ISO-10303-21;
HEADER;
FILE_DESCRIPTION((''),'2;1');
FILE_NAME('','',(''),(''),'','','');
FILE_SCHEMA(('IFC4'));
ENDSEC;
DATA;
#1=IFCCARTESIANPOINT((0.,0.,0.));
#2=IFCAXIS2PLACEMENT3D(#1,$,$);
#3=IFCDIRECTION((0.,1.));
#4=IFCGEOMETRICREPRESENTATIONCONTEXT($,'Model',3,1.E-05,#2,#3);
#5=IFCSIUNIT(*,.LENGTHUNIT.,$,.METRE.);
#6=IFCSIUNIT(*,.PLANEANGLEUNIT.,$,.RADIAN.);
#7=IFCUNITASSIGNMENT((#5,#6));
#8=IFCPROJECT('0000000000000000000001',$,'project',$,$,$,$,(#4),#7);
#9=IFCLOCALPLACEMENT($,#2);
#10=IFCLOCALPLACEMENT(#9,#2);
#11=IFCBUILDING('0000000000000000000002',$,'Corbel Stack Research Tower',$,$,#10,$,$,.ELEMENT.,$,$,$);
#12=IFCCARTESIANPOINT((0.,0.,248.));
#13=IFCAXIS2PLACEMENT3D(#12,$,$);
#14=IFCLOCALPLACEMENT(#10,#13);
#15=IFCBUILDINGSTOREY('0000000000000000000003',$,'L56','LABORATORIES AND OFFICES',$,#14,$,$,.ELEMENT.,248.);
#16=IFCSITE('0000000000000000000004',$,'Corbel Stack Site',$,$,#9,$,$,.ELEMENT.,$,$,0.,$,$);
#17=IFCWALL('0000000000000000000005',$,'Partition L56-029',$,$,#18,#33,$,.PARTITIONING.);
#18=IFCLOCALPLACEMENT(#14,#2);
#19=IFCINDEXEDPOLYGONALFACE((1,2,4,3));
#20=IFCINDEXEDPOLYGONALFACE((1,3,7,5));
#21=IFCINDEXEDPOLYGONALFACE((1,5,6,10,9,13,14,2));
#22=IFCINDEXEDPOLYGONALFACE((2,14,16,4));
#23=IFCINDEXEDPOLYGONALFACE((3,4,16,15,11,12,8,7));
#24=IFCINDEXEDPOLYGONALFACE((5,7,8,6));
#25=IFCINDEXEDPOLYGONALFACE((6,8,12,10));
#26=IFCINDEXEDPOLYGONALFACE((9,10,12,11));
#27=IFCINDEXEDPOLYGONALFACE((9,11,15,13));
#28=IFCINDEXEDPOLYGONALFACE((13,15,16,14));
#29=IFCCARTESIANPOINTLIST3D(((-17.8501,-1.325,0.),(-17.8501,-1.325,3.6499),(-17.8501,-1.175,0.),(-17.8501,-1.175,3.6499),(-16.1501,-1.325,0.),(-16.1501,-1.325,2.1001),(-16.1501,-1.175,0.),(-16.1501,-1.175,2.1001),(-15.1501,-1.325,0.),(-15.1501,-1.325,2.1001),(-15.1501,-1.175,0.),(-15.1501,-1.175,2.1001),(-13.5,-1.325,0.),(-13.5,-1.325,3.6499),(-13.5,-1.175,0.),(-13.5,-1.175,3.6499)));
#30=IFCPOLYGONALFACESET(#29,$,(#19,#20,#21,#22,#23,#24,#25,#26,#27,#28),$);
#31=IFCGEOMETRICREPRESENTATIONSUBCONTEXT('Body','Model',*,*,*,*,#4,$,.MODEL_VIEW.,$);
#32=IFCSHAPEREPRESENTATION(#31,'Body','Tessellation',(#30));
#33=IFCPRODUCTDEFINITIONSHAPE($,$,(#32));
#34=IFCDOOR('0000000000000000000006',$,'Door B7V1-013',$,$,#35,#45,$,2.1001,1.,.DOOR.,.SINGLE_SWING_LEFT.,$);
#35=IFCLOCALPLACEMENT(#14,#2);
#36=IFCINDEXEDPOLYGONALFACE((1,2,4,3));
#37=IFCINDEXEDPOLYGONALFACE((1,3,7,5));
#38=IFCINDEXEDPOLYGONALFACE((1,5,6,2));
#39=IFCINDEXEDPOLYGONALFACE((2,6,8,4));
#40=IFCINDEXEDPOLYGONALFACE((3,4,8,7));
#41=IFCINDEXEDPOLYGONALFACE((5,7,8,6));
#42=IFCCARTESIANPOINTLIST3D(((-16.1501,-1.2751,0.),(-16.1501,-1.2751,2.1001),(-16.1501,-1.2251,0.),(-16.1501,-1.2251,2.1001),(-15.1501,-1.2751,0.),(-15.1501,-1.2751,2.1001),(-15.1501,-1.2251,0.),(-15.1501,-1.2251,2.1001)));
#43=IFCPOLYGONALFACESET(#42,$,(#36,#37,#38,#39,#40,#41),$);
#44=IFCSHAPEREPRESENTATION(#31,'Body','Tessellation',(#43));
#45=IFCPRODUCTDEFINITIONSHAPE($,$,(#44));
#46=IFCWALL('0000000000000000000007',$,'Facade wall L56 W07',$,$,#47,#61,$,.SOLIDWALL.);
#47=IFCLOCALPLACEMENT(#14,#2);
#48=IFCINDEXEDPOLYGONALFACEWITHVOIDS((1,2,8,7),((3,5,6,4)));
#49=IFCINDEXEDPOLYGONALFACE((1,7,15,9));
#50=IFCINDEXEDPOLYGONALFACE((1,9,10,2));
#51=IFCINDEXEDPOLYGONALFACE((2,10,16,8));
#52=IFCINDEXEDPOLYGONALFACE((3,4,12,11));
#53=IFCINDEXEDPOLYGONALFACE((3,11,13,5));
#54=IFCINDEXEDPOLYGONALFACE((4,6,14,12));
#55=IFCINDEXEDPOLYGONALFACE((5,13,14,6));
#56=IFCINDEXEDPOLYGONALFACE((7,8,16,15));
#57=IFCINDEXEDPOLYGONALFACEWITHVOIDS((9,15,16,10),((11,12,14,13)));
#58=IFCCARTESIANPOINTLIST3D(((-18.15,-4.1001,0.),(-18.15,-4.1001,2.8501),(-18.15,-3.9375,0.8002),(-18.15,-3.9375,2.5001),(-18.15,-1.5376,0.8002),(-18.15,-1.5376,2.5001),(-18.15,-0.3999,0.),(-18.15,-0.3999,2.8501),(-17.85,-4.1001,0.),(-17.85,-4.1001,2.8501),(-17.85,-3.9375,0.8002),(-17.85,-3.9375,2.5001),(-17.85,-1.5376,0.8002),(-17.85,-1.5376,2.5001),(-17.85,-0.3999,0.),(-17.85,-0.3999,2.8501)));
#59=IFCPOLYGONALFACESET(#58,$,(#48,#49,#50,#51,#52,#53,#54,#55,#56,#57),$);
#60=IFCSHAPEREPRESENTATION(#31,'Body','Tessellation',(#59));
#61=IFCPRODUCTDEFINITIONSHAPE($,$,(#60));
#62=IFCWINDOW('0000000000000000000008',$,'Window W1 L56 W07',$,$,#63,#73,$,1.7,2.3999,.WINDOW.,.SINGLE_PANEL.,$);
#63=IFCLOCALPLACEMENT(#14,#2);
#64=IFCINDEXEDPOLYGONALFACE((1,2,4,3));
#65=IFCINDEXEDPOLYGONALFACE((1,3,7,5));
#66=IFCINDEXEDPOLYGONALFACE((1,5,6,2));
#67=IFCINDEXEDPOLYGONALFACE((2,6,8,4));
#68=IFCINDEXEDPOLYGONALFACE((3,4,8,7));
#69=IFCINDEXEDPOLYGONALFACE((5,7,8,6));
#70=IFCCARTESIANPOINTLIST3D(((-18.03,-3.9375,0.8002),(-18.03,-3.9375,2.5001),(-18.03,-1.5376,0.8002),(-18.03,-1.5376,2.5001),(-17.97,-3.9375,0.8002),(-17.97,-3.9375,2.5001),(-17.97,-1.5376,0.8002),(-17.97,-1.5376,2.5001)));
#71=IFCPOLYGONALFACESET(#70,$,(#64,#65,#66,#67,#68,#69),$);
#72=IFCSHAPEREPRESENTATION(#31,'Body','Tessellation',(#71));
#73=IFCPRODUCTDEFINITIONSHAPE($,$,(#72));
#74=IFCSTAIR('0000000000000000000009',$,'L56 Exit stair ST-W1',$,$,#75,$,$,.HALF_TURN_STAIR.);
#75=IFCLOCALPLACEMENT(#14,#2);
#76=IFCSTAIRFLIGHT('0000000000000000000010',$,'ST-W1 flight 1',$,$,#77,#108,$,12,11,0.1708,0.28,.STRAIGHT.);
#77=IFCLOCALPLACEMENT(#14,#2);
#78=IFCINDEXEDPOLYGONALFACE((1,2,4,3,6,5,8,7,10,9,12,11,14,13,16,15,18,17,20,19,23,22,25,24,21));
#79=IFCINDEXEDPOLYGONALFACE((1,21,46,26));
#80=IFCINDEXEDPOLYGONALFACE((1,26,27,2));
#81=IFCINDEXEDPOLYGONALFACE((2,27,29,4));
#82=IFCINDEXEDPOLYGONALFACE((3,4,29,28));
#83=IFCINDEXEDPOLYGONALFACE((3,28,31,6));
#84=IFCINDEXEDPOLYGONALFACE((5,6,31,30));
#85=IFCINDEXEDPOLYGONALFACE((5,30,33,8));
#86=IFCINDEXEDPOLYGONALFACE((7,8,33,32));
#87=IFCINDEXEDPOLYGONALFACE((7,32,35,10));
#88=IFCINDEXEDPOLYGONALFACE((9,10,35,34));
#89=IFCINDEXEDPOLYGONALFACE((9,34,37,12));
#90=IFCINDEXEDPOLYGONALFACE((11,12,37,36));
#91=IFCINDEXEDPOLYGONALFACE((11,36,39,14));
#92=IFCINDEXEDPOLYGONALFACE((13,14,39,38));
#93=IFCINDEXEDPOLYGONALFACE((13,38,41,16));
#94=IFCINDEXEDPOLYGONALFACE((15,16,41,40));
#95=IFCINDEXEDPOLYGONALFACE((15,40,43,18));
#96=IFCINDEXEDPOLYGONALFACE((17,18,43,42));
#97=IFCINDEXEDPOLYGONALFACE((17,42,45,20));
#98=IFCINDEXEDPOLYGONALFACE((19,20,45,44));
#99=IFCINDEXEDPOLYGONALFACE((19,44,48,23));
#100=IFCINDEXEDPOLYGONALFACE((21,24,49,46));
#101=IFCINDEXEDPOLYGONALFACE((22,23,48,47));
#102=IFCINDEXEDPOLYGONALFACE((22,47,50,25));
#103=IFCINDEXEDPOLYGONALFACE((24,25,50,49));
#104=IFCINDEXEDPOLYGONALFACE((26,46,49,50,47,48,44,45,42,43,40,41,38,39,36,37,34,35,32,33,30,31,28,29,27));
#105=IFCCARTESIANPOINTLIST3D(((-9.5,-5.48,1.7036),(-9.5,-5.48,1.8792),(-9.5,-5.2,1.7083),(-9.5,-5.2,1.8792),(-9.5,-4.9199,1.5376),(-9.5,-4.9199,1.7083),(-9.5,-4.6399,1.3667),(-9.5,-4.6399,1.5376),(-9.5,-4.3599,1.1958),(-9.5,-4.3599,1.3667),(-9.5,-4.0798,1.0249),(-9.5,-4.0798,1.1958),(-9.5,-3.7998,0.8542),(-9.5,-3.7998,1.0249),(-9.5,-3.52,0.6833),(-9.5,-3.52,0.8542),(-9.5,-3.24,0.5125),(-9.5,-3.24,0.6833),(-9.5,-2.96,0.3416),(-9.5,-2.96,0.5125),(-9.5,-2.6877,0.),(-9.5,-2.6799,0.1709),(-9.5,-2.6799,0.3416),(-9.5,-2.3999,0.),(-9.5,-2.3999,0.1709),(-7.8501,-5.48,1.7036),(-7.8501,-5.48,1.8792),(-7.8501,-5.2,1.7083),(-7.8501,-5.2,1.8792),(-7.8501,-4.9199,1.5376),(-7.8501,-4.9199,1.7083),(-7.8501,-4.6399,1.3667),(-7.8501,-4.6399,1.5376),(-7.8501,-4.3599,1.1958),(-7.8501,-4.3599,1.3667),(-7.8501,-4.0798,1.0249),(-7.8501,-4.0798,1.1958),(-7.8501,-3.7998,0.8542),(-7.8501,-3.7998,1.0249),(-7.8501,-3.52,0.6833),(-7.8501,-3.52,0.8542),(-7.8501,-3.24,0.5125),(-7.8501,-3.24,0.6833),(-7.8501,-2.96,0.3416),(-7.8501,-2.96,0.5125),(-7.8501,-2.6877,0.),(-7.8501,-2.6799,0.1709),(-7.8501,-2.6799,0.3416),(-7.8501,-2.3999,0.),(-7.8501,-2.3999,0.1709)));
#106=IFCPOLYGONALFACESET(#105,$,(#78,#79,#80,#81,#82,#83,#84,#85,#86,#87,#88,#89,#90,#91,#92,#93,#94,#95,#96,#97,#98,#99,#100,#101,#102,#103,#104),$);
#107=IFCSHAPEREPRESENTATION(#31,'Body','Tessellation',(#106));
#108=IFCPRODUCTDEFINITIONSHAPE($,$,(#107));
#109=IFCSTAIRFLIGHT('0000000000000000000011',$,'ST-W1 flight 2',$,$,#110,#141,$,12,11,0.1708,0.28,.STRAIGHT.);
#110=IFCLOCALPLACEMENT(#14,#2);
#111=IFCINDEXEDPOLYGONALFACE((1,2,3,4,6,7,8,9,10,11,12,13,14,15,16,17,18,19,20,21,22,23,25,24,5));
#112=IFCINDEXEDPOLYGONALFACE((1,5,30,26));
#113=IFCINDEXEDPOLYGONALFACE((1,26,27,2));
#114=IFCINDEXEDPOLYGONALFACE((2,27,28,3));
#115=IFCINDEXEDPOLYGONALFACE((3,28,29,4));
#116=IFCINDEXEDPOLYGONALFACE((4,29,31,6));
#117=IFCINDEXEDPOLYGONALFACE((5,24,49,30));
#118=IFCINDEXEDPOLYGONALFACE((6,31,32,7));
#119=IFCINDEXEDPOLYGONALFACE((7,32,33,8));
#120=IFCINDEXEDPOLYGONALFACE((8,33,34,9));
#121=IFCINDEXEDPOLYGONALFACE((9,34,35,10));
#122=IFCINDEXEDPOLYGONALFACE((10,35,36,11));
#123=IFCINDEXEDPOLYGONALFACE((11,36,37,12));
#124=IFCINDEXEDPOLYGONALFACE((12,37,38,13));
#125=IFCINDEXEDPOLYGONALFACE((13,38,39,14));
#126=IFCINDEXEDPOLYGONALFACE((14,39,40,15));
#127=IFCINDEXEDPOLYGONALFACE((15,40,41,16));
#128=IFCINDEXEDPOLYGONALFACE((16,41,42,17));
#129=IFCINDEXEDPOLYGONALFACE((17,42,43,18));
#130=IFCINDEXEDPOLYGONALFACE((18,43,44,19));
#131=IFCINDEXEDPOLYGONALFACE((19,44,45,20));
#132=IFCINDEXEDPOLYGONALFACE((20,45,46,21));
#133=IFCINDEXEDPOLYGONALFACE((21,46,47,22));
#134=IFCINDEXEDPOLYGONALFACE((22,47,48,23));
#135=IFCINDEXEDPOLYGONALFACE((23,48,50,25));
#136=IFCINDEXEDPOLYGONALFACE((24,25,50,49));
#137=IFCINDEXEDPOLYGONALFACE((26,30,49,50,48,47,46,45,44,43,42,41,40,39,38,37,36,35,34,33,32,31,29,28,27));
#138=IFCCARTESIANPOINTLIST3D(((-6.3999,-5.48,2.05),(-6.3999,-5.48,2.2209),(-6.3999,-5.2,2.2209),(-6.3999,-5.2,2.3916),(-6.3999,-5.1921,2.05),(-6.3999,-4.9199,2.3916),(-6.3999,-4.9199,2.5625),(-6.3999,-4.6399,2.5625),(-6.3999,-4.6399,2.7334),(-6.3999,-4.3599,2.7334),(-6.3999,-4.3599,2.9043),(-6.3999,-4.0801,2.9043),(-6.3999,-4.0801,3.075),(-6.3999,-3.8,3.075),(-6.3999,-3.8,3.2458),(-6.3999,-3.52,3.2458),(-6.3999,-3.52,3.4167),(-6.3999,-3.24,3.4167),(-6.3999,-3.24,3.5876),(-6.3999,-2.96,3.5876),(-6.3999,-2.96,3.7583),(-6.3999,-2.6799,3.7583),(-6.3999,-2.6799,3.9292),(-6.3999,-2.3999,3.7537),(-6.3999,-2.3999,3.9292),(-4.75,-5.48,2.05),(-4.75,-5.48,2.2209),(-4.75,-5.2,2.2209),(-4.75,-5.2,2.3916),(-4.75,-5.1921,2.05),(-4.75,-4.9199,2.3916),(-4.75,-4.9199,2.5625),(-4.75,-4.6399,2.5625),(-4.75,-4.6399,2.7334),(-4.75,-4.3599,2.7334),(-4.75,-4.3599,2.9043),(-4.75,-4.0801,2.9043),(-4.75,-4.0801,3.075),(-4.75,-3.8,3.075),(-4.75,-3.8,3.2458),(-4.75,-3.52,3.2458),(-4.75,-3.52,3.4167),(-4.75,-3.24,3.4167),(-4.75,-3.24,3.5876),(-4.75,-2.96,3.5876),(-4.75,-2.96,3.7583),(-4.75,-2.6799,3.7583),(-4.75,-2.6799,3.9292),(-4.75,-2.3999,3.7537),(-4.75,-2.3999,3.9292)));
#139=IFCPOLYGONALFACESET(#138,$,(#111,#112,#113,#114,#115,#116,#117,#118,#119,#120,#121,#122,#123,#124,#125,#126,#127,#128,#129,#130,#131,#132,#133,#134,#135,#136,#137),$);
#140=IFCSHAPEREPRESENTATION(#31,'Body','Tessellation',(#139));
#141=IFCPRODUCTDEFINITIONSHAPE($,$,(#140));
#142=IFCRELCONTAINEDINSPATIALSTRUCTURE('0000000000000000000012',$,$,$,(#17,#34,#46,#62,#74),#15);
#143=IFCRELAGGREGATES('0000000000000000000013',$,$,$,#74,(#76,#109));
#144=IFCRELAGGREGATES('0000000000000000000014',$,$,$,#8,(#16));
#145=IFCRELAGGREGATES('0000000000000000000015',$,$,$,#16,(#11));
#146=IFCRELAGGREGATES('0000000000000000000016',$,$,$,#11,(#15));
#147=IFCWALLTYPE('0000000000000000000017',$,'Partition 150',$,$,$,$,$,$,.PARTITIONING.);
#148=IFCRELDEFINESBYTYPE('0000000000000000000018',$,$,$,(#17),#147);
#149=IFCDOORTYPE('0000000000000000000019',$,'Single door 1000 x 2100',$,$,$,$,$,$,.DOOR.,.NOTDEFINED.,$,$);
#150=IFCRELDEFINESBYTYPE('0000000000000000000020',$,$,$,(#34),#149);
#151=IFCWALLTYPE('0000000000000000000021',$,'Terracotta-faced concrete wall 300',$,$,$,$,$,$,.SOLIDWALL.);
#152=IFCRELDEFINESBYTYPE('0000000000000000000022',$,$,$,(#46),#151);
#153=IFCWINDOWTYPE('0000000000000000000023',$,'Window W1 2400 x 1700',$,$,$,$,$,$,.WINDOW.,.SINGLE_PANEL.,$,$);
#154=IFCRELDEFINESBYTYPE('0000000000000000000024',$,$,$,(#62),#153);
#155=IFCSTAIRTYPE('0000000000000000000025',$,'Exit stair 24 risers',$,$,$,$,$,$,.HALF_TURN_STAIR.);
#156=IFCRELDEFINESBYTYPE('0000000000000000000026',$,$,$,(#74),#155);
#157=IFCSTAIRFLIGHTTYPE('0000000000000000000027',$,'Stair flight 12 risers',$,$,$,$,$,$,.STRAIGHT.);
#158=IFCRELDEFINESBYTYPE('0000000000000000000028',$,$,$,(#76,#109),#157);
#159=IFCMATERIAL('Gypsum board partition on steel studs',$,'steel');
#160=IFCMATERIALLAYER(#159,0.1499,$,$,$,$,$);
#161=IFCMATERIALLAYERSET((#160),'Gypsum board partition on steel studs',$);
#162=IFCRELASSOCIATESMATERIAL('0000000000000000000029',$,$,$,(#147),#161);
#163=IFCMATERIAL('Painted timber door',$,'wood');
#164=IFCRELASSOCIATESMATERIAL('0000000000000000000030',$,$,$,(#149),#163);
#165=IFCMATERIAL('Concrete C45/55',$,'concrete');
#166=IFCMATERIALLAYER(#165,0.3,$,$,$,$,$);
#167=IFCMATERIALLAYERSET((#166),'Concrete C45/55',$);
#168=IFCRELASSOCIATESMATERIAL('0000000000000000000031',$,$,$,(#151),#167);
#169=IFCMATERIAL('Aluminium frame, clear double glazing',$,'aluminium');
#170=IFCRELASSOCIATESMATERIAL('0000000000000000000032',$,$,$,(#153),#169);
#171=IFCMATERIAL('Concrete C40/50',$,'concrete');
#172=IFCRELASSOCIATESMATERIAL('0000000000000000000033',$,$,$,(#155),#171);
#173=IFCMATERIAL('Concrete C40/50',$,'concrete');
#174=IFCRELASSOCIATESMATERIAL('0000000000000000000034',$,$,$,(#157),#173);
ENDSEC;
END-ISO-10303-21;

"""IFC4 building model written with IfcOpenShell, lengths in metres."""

from ifc_helpers import new_model, si_unit, direction, frame, frame_2d, origin, place, context, subcontext, project, spatial, polyline, rectangle, outline, extrude, material, layer, layer_set, type_object, element, fill, aggregate, save


model = new_model("IFC4")

# Units and contexts
model_context = context("Model", 3, precision=1e-05, world=origin(), true_north=direction((0.0, 1.0)))
body_context = subcontext(model_context, "Body", "Model", "MODEL_VIEW")
ifc_project = project(units=[si_unit("LENGTHUNIT", "METRE"), si_unit("PLANEANGLEUNIT", "RADIAN")], contexts=[model_context])

# Site, building, storey
site_placement = place(None, origin())
site = spatial("IfcSite", under=ifc_project, at=site_placement, Name="Corbel Stack Site", CompositionType="ELEMENT", RefElevation=0.0)
building_placement = place(site_placement, origin())
building = spatial("IfcBuilding", under=site, at=building_placement, Name="Corbel Stack Research Tower", CompositionType="ELEMENT")
storey_placement = place(building_placement, frame((0.0, 0.0, 248.0)))
storey = spatial("IfcBuildingStorey", under=building, at=storey_placement, Name="L56", Description="LABORATORIES AND OFFICES", CompositionType="ELEMENT", Elevation=248.0)

# Wall, opening, door
ifc_material_1 = material(Name="Gypsum board partition on steel studs", Category="steel")
ifc_layer_1 = layer(ifc_material_1, 0.1499)
ifc_layer_set_1 = layer_set([ifc_layer_1], Name="Gypsum board partition on steel studs")
wall_type_1 = type_object("IfcWallType", Name="Partition 150", PredefinedType="PARTITIONING", material=ifc_layer_set_1)
wall_1_placement = place(storey_placement, frame((-17.8501, -1.25, 0.0), z_axis=(0.0, 0.0, 1.0), x_axis=(1.0, 0.0, 0.0)))
wall_1 = element("IfcWall", 1, at=wall_1_placement, inside=storey, type_object=wall_type_1, Name="Partition L56-029", PredefinedType="PARTITIONING", context=body_context, shape_type="SweptSolid", body=[
    extrude(rectangle(XDim=4.3501, YDim=0.1499, at=frame_2d((2.175, 0.0))), origin(), (0.0, 0.0, 1.0), 3.6499),
])
opening_1_placement = place(wall_1_placement, frame((1.7, 0.0, 0.0)))
opening_1 = element("IfcOpeningElement", 2, at=opening_1_placement, cuts=wall_1, PredefinedType="OPENING", context=body_context, shape_type="SweptSolid", body=[
    extrude(rectangle(XDim=1.0, YDim=2.1001, at=frame_2d((0.5, 1.05))), frame((0.0, 0.085, 0.0), z_axis=(0.0, -1.0, 0.0), x_axis=(1.0, 0.0, 0.0)), (0.0, 0.0, 1.0), 0.1699),
])
ifc_material_2 = material(Name="Painted timber door", Category="wood")
door_type_1 = type_object("IfcDoorType", Name="Single door 1000 x 2100", OperationType="NOTDEFINED", PredefinedType="DOOR", material=ifc_material_2)
door_1_placement = place(opening_1_placement, origin())
door_1 = element("IfcDoor", 3, at=door_1_placement, inside=storey, type_object=door_type_1, Name="Door B7V1-013", OperationType="SINGLE_SWING_LEFT", OverallHeight=2.1001, OverallWidth=1.0, PredefinedType="DOOR", context=body_context, shape_type="SweptSolid", body=[
    extrude(rectangle(XDim=1.0, YDim=2.1001, at=frame_2d((0.5, 1.05))), frame((0.0, 0.0249, 0.0), z_axis=(0.0, -1.0, 0.0), x_axis=(1.0, 0.0, 0.0)), (0.0, 0.0, 1.0), 0.05),
])
fill(opening_1, door_1)

# Wall, opening, window
ifc_material_3 = material(Name="Concrete C45/55", Category="concrete")
ifc_layer_2 = layer(ifc_material_3, 0.3)
ifc_layer_set_2 = layer_set([ifc_layer_2], Name="Concrete C45/55")
wall_type_2 = type_object("IfcWallType", Name="Terracotta-faced concrete wall 300", PredefinedType="SOLIDWALL", material=ifc_layer_set_2)
wall_2_placement = place(storey_placement, frame((-18.0, -4.1001, 0.0), z_axis=(0.0, 0.0, 1.0), x_axis=(0.0, 1.0, 0.0)))
wall_2 = element("IfcWall", 4, at=wall_2_placement, inside=storey, type_object=wall_type_2, Name="Facade wall L56 W07", PredefinedType="SOLIDWALL", context=body_context, shape_type="SweptSolid", body=[
    extrude(rectangle(XDim=3.7002, YDim=0.3, at=frame_2d((1.8501, 0.0))), origin(), (0.0, 0.0, 1.0), 2.8501),
])
opening_2_placement = place(wall_2_placement, frame((0.1626, 0.0, 0.8)))
opening_2 = element("IfcOpeningElement", 5, at=opening_2_placement, cuts=wall_2, PredefinedType="OPENING", context=body_context, shape_type="SweptSolid", body=[
    extrude(rectangle(XDim=2.3999, YDim=1.7, at=frame_2d((1.2, 0.8501))), frame((0.0, 0.1599, 0.0), z_axis=(0.0, -1.0, 0.0), x_axis=(1.0, 0.0, 0.0)), (0.0, 0.0, 1.0), 0.3201),
])
ifc_material_4 = material(Name="Aluminium frame, clear double glazing", Category="aluminium")
window_type = type_object("IfcWindowType", Name="Window W1 2400 x 1700", PartitioningType="SINGLE_PANEL", PredefinedType="WINDOW", material=ifc_material_4)
window_placement = place(opening_2_placement, origin())
window = element("IfcWindow", 6, at=window_placement, inside=storey, type_object=window_type, Name="Window W1 L56 W07", OverallHeight=1.7, OverallWidth=2.3999, PartitioningType="SINGLE_PANEL", PredefinedType="WINDOW", context=body_context, shape_type="SweptSolid", body=[
    extrude(rectangle(XDim=2.3999, YDim=1.7, at=frame_2d((1.2, 0.8501))), frame((0.0, 0.03, 0.0), z_axis=(0.0, -1.0, 0.0), x_axis=(1.0, 0.0, 0.0)), (0.0, 0.0, 1.0), 0.0601),
])
fill(opening_2, window)

# Stair, stair flights
ifc_material_5 = material(Name="Concrete C40/50", Category="concrete")
stair_type = type_object("IfcStairType", Name="Exit stair 24 risers", PredefinedType="HALF_TURN_STAIR", material=ifc_material_5)
stair_placement = place(storey_placement, origin())
stair = element("IfcStair", 7, at=stair_placement, inside=storey, type_object=stair_type, Name="L56 Exit stair ST-W1", PredefinedType="HALF_TURN_STAIR")
ifc_material_6 = material(Name="Concrete C40/50", Category="concrete")
stair_flight_type = type_object("IfcStairFlightType", Name="Stair flight 12 risers", PredefinedType="STRAIGHT", material=ifc_material_6)
stair_flight_1_placement = place(storey_placement, frame((-8.675, -2.3999, 0.0), z_axis=(0.0, 0.0, 1.0), x_axis=(0.0, -1.0, 0.0)))
stair_flight_1 = element("IfcStairFlight", 8, at=stair_flight_1_placement, type_object=stair_flight_type, Name="ST-W1 flight 1", NumberOfRisers=12, NumberOfTreads=11, PredefinedType="STRAIGHT", RiserHeight=0.1708, TreadLength=0.28, context=body_context, shape_type="SweptSolid", body=[
    extrude(outline(polyline([(0.0, 0.0), (0.0, 0.1709), (0.28, 0.1709), (0.28, 0.3416), (0.5601, 0.3416), (0.5601, 0.5125), (0.8401, 0.5125), (0.8401, 0.6833), (1.1201, 0.6833), (1.1201, 0.8542), (1.3999, 0.8542), (1.3999, 1.0249), (1.6799, 1.0249), (1.6799, 1.1958), (1.96, 1.1958), (1.96, 1.3667), (2.24, 1.3667), (2.24, 1.5376), (2.52, 1.5376), (2.52, 1.7083), (2.8, 1.7083), (2.8, 1.8792), (3.0801, 1.8792), (3.0801, 2.05), (3.0801, 1.7036), (0.2878, 0.0), (0.0, 0.0)])), frame((0.0, 0.825, 0.0), z_axis=(0.0, -1.0, 0.0), x_axis=(1.0, 0.0, 0.0)), (0.0, 0.0, 1.0), 1.6499),
])
stair_flight_2_placement = place(storey_placement, frame((-5.575, -5.48, 2.05), z_axis=(0.0, 0.0, 1.0), x_axis=(0.0, 1.0, 0.0)))
stair_flight_2 = element("IfcStairFlight", 9, at=stair_flight_2_placement, type_object=stair_flight_type, Name="ST-W1 flight 2", NumberOfRisers=12, NumberOfTreads=11, PredefinedType="STRAIGHT", RiserHeight=0.1708, TreadLength=0.28, context=body_context, shape_type="SweptSolid", body=[
    extrude(outline(polyline([(0.0, 0.0), (0.0, 0.1709), (0.28, 0.1709), (0.28, 0.3416), (0.5601, 0.3416), (0.5601, 0.5125), (0.8401, 0.5125), (0.8401, 0.6833), (1.1201, 0.6833), (1.1201, 0.8542), (1.3999, 0.8542), (1.3999, 1.0249), (1.6799, 1.0249), (1.6799, 1.1958), (1.96, 1.1958), (1.96, 1.3667), (2.24, 1.3667), (2.24, 1.5376), (2.52, 1.5376), (2.52, 1.7083), (2.8, 1.7083), (2.8, 1.8792), (3.0801, 1.8792), (3.0801, 2.05), (3.0801, 1.7036), (0.2878, 0.0), (0.0, 0.0)])), frame((0.0, 0.825, 0.0), z_axis=(0.0, -1.0, 0.0), x_axis=(1.0, 0.0, 0.0)), (0.0, 0.0, 1.0), 1.6499),
])
aggregate(stair, [stair_flight_1, stair_flight_2])

save(model, "model.ifc")
